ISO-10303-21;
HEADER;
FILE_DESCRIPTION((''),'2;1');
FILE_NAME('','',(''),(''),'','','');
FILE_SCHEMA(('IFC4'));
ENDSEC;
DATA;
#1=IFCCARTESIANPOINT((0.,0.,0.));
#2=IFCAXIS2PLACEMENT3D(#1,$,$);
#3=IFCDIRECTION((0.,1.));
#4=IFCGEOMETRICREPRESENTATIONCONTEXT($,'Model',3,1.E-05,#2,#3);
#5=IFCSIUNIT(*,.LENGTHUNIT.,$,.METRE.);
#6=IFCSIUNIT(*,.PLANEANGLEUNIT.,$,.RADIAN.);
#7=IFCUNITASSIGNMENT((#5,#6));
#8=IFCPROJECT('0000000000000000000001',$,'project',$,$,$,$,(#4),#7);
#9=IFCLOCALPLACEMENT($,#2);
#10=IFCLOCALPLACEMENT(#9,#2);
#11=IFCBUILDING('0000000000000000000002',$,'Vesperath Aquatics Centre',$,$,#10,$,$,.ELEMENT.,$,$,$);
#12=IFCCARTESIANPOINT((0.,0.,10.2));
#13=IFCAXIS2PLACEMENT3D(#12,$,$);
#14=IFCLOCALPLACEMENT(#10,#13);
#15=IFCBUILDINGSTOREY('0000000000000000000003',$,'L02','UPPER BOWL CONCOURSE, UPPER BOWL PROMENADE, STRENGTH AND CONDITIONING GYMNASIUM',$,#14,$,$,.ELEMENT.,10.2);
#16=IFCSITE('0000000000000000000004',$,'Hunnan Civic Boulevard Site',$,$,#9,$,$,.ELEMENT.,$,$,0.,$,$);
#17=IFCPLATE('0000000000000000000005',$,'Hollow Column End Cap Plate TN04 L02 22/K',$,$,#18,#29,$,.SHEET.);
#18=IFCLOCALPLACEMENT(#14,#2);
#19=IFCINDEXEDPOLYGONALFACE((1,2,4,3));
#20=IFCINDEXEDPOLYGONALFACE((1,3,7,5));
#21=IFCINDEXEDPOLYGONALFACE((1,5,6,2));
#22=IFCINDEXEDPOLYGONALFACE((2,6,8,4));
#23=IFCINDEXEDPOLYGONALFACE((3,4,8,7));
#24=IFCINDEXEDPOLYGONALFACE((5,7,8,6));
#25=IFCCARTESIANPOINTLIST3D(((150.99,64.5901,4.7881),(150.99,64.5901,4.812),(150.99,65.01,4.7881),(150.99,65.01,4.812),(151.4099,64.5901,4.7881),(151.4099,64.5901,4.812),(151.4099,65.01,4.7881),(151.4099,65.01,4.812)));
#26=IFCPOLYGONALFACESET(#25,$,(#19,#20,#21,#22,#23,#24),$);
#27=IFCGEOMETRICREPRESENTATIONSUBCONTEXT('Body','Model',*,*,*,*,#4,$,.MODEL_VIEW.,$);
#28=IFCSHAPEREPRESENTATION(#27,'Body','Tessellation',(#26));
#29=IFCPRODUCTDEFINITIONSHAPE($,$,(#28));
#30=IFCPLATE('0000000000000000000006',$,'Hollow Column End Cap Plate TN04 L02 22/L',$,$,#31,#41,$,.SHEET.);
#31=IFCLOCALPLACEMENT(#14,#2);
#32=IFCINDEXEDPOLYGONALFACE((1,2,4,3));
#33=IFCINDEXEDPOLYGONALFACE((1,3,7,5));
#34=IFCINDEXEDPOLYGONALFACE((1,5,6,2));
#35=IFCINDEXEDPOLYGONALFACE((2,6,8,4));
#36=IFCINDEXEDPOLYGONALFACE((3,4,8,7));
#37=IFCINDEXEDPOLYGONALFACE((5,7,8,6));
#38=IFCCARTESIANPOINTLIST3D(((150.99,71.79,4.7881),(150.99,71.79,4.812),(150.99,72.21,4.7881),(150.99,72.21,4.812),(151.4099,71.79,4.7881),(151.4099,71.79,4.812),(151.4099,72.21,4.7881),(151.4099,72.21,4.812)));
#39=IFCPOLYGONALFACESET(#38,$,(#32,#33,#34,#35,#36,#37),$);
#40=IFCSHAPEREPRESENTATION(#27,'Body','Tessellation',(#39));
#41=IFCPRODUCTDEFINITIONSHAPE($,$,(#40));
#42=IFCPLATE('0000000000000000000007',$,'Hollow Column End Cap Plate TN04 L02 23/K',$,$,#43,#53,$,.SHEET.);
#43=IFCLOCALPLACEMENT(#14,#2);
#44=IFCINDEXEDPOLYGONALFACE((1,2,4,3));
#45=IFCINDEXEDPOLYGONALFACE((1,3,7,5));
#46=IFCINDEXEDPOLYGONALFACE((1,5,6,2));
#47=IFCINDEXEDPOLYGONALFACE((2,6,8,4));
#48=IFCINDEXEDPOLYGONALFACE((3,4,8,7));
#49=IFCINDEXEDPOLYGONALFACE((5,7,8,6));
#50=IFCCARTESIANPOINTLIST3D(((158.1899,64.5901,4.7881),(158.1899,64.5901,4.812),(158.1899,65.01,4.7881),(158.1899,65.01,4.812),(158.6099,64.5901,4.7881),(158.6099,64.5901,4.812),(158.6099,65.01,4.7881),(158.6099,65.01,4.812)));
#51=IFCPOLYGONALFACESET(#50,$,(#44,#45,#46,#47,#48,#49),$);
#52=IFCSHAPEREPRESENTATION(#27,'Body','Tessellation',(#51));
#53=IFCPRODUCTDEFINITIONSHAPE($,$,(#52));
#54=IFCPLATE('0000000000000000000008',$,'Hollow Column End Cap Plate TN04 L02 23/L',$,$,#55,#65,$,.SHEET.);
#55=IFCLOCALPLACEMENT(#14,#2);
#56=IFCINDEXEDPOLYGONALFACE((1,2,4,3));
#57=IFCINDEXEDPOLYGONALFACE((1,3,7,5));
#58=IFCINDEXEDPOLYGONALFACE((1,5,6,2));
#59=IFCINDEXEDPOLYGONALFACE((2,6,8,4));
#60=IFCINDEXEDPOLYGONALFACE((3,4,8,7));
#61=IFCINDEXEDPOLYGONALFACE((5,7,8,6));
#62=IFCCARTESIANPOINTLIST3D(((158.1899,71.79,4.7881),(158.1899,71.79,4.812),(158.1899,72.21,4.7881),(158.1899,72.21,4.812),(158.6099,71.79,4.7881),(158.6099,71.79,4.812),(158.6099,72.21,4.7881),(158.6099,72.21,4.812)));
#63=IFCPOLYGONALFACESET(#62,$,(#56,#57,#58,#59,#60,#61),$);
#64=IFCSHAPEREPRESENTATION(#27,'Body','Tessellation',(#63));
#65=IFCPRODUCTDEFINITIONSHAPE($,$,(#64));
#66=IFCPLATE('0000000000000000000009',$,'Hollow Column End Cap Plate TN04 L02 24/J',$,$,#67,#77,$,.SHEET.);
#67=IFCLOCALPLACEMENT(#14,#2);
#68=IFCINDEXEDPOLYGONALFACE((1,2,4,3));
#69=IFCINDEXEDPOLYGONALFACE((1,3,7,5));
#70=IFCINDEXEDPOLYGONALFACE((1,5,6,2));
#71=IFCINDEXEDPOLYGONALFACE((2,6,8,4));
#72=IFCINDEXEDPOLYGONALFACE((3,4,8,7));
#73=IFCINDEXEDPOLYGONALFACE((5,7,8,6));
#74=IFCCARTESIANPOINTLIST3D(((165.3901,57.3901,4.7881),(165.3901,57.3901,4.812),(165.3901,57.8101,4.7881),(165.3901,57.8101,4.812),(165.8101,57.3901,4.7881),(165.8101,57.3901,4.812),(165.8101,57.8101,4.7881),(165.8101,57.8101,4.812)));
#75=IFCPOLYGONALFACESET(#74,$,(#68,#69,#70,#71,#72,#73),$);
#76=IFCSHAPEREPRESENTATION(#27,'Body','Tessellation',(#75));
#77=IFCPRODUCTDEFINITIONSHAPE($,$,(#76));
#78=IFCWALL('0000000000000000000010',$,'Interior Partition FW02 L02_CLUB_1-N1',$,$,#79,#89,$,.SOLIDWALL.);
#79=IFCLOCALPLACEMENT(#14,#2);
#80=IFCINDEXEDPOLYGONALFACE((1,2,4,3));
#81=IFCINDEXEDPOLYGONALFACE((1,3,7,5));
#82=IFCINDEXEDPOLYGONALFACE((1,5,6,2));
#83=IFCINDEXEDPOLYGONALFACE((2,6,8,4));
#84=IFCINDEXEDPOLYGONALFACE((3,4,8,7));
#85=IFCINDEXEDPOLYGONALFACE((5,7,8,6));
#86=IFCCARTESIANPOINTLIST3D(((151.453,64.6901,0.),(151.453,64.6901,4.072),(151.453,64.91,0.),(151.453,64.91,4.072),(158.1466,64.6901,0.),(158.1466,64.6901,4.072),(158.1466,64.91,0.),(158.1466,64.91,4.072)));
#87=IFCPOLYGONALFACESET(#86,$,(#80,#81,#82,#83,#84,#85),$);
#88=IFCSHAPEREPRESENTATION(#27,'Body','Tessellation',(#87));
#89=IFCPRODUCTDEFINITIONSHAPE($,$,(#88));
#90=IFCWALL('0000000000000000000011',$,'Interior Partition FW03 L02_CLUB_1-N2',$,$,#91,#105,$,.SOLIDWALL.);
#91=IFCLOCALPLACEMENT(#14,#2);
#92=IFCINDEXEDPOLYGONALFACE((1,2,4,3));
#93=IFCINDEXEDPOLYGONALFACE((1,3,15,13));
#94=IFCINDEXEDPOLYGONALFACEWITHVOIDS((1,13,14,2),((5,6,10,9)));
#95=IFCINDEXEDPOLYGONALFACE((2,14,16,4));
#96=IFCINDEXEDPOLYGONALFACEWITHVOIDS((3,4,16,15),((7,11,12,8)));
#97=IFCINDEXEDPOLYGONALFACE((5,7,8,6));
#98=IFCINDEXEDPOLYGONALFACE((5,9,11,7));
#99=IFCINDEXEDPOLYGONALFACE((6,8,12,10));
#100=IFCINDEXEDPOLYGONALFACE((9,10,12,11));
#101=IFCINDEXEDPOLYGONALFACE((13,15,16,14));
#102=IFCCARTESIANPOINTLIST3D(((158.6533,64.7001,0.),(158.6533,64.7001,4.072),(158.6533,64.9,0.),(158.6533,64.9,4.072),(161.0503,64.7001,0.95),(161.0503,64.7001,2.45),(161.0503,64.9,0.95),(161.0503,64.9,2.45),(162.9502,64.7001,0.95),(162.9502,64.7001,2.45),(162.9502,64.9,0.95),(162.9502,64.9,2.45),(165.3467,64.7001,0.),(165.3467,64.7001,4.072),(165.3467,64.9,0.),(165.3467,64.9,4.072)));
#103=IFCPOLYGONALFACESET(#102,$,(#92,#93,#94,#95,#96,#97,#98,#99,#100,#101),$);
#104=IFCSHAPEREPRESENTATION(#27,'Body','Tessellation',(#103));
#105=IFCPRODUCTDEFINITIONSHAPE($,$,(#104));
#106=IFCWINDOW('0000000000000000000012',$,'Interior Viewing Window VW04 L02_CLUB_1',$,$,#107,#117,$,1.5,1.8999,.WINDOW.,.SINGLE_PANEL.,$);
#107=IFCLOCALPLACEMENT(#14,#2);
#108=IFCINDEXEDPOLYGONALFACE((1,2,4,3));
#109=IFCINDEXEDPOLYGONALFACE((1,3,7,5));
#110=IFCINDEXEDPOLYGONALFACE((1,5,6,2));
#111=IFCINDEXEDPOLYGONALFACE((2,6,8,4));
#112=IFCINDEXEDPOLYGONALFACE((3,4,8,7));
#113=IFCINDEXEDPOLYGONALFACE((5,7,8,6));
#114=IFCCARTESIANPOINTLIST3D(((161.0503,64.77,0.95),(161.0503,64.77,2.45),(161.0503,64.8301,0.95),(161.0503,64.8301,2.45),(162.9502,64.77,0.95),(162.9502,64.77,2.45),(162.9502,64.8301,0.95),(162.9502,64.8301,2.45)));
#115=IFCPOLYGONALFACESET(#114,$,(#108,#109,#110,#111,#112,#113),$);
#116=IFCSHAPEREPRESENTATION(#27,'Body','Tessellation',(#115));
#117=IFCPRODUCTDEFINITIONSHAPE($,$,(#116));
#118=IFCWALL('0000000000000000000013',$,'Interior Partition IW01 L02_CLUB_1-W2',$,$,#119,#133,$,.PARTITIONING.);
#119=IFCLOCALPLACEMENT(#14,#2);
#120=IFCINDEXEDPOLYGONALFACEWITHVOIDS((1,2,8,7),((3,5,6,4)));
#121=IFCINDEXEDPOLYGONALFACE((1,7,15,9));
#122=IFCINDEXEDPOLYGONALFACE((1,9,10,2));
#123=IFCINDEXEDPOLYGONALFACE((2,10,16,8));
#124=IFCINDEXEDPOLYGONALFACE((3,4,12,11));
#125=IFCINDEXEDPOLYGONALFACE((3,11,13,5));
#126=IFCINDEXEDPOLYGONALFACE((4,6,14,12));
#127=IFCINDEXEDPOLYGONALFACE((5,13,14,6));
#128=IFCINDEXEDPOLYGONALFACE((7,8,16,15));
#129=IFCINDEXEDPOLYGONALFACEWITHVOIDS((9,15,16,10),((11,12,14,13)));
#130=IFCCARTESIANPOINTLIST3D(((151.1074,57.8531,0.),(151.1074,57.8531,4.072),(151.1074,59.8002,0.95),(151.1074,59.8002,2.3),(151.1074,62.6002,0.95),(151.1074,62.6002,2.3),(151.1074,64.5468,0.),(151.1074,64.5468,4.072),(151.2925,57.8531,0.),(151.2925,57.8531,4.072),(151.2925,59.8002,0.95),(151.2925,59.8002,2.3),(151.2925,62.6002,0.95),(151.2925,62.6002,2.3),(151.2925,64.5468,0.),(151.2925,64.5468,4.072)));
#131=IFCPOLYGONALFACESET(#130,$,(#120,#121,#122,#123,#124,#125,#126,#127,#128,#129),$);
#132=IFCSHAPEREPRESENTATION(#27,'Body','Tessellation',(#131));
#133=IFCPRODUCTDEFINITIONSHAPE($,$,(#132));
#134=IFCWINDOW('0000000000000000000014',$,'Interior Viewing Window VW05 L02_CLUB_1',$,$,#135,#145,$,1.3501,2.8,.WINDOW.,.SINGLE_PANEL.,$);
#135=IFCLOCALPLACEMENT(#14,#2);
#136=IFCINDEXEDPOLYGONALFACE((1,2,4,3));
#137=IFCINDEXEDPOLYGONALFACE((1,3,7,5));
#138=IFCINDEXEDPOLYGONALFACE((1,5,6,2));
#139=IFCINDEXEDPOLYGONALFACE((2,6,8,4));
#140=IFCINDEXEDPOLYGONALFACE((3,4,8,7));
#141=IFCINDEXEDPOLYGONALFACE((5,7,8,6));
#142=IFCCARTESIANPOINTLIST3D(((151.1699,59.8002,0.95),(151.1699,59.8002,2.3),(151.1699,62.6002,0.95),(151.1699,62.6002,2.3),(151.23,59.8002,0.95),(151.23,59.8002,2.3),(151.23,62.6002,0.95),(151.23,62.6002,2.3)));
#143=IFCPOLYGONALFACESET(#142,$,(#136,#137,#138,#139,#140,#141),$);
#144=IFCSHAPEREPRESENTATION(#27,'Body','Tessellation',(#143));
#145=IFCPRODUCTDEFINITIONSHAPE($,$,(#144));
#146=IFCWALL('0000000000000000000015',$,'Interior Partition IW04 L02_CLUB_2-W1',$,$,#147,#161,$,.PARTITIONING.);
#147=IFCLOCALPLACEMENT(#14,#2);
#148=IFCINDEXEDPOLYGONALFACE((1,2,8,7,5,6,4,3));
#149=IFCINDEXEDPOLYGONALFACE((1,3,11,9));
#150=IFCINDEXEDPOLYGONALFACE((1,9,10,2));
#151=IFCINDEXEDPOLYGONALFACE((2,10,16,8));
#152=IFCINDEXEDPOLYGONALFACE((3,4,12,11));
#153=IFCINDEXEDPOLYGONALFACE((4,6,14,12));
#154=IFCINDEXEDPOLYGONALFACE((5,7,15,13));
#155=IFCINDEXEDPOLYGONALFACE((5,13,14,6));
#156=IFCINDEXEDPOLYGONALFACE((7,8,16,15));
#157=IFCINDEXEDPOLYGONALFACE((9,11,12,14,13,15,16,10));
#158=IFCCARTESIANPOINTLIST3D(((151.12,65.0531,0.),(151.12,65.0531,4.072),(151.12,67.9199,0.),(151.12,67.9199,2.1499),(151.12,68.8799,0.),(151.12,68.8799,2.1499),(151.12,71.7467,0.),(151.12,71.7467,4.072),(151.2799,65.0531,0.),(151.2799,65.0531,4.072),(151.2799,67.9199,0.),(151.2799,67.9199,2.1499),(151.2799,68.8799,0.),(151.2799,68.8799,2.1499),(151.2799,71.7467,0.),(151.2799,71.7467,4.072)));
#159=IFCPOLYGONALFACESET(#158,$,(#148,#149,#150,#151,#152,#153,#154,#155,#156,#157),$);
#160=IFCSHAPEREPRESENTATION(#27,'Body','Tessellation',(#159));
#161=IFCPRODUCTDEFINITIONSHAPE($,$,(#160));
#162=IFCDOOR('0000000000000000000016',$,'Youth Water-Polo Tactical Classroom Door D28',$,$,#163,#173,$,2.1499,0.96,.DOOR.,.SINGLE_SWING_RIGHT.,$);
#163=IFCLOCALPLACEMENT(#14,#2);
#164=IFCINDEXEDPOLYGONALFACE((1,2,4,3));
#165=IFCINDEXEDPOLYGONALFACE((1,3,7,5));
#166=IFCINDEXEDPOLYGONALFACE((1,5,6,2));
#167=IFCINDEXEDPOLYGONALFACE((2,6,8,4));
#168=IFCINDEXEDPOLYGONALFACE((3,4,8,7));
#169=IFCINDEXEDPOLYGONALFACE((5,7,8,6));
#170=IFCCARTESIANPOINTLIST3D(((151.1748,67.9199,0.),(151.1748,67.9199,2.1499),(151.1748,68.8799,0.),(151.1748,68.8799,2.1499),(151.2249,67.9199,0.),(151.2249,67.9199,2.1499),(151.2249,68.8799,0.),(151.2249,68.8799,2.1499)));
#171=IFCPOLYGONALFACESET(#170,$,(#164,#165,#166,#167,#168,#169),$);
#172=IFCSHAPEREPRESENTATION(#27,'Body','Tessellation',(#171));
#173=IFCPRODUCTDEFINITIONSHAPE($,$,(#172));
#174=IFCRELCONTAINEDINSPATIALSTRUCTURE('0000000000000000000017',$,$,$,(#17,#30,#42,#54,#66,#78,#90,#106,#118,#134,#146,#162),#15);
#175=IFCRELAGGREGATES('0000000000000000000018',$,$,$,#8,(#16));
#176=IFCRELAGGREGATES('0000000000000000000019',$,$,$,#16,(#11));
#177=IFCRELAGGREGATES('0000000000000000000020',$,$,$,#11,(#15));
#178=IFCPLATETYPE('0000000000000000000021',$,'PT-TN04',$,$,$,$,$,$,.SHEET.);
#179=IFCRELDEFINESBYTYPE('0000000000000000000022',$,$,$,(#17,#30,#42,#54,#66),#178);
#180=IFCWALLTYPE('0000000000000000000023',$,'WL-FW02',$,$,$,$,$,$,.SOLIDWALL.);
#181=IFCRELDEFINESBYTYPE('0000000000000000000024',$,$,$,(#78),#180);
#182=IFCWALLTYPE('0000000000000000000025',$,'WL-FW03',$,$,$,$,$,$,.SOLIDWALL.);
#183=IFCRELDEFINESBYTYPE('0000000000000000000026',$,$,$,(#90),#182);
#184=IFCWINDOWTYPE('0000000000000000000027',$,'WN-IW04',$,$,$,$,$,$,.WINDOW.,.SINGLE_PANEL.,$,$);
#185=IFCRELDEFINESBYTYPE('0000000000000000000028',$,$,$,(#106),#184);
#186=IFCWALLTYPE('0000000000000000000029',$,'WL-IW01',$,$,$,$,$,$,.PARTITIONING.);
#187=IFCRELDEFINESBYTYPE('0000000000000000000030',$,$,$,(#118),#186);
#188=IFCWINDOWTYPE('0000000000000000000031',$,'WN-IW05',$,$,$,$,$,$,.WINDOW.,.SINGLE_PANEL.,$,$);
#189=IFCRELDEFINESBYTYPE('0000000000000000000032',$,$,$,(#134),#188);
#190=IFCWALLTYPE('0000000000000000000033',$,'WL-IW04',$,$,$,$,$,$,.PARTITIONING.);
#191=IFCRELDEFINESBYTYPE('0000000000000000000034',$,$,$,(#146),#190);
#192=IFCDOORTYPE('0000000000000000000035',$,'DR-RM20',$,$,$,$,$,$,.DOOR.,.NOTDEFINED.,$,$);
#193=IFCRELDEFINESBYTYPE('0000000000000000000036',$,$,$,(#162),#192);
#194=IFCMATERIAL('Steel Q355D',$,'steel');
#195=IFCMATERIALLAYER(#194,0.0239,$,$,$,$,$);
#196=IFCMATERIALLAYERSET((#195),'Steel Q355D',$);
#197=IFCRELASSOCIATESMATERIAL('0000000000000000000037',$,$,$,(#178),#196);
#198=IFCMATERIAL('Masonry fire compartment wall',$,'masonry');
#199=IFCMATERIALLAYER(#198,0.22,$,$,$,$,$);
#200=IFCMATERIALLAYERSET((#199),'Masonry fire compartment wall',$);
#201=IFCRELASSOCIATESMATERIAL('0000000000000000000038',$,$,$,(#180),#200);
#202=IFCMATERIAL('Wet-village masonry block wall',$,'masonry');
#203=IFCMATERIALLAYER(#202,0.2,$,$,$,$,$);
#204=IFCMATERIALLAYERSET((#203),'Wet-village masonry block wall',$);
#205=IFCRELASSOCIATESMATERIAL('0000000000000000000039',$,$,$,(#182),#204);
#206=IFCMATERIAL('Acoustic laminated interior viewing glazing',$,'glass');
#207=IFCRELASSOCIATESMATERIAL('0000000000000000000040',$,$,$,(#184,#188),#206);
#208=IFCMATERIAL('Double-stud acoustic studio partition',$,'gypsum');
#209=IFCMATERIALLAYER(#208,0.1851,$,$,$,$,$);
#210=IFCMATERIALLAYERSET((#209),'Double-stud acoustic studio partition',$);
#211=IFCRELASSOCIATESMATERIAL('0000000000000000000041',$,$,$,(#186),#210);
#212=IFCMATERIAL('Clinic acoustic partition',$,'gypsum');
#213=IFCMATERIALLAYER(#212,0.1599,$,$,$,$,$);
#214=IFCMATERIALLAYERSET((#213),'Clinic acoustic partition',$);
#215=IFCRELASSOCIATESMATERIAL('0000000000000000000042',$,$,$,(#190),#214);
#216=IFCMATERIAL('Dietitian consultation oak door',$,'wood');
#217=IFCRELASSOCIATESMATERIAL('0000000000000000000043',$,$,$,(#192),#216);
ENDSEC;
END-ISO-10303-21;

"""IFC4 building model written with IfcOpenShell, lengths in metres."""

from ifc_helpers import new_model, si_unit, direction, frame, frame_2d, origin, origin_2d, place, context, subcontext, project, spatial, rectangle, extrude, material, layer, layer_set, type_object, element, fill, save


model = new_model("IFC4")

# Units and contexts
model_context = context("Model", 3, precision=1e-05, world=origin(), true_north=direction((0.0, 1.0)))
body_context = subcontext(model_context, "Body", "Model", "MODEL_VIEW")
ifc_project = project(units=[si_unit("LENGTHUNIT", "METRE"), si_unit("PLANEANGLEUNIT", "RADIAN")], contexts=[model_context])

# Site, building, storey
site_placement = place(None, origin())
site = spatial("IfcSite", under=ifc_project, at=site_placement, Name="Hunnan Civic Boulevard Site", CompositionType="ELEMENT", RefElevation=0.0)
building_placement = place(site_placement, origin())
building = spatial("IfcBuilding", under=site, at=building_placement, Name="Vesperath Aquatics Centre", CompositionType="ELEMENT")
storey_placement = place(building_placement, frame((0.0, 0.0, 10.2)))
storey = spatial("IfcBuildingStorey", under=building, at=storey_placement, Name="L02", Description="UPPER BOWL CONCOURSE, UPPER BOWL PROMENADE, STRENGTH AND CONDITIONING GYMNASIUM", CompositionType="ELEMENT", Elevation=10.2)

# Shared definitions
ifc_material_1 = material(Name="Steel Q355D", Category="steel")

# Plates
ifc_layer_1 = layer(ifc_material_1, 0.0239)
ifc_layer_set_1 = layer_set([ifc_layer_1], Name="Steel Q355D")
plate_type = type_object("IfcPlateType", Name="PT-TN04", PredefinedType="SHEET", material=ifc_layer_set_1)
for number, where, z_axis, x_axis, name in (
    (1, (151.2, 64.8, 4.7881), (0.0, 0.0, 1.0), (1.0, 0.0, 0.0), "Hollow Column End Cap Plate TN04 L02 22/K"),
    (2, (151.2, 72.0, 4.7881), (0.0, 0.0, 1.0), (1.0, 0.0, 0.0), "Hollow Column End Cap Plate TN04 L02 22/L"),
    (3, (158.3999, 64.8, 4.7881), (0.0, 0.0, 1.0), (1.0, 0.0, 0.0), "Hollow Column End Cap Plate TN04 L02 23/K"),
    (4, (158.3999, 72.0, 4.7881), (0.0, 0.0, 1.0), (1.0, 0.0, 0.0), "Hollow Column End Cap Plate TN04 L02 23/L"),
    (5, (165.6001, 57.6001, 4.7881), (0.0, 0.0, 1.0), (1.0, 0.0, 0.0), "Hollow Column End Cap Plate TN04 L02 24/J"),
):
    element("IfcPlate", number, at=place(storey_placement, frame(where, z_axis=z_axis, x_axis=x_axis)), inside=storey, type_object=plate_type, Name=name, PredefinedType="SHEET", context=body_context, shape_type="SweptSolid", body=[
        extrude(rectangle(XDim=0.4199, YDim=0.4199, at=origin_2d()), origin(), (0.0, 0.0, 1.0), 0.0239),
    ])

# Wall
ifc_material_2 = material(Name="Masonry fire compartment wall", Category="masonry")
ifc_layer_2 = layer(ifc_material_2, 0.22)
ifc_layer_set_2 = layer_set([ifc_layer_2], Name="Masonry fire compartment wall")
wall_type_1 = type_object("IfcWallType", Name="WL-FW02", PredefinedType="SOLIDWALL", material=ifc_layer_set_2)
wall_1_placement = place(storey_placement, frame((151.4531, 64.8, 0.0), z_axis=(0.0, 0.0, 1.0), x_axis=(1.0, 0.0, 0.0)))
element("IfcWall", 6, at=wall_1_placement, inside=storey, type_object=wall_type_1, Name="Interior Partition FW02 L02_CLUB_1-N1", PredefinedType="SOLIDWALL", context=body_context, shape_type="SweptSolid", body=[
    extrude(rectangle(XDim=6.6936, YDim=0.22, at=frame_2d((3.3467, 0.0))), origin(), (0.0, 0.0, 1.0), 4.072),
])

# Walls, openings, windows
ifc_material_3 = material(Name="Wet-village masonry block wall", Category="masonry")
ifc_layer_3 = layer(ifc_material_3, 0.2)
ifc_layer_set_3 = layer_set([ifc_layer_3], Name="Wet-village masonry block wall")
wall_type_2 = type_object("IfcWallType", Name="WL-FW03", PredefinedType="SOLIDWALL", material=ifc_layer_set_3)
wall_2_placement = place(storey_placement, frame((158.6533, 64.8, 0.0), z_axis=(0.0, 0.0, 1.0), x_axis=(1.0, 0.0, 0.0)))
wall_2 = element("IfcWall", 7, at=wall_2_placement, inside=storey, type_object=wall_type_2, Name="Interior Partition FW03 L02_CLUB_1-N2", PredefinedType="SOLIDWALL", context=body_context, shape_type="SweptSolid", body=[
    extrude(rectangle(XDim=6.6934, YDim=0.2, at=frame_2d((3.3467, 0.0))), origin(), (0.0, 0.0, 1.0), 4.072),
])
opening_1_placement = place(wall_2_placement, frame((2.397, 0.0, 0.95)))
opening_1 = element("IfcOpeningElement", 8, at=opening_1_placement, cuts=wall_2, PredefinedType="OPENING", context=body_context, shape_type="SweptSolid", body=[
    extrude(rectangle(XDim=1.8999, YDim=1.5, at=frame_2d((0.95, 0.75))), frame((0.0, 0.1147, 0.0), z_axis=(0.0, -1.0, 0.0), x_axis=(1.0, 0.0, 0.0)), (0.0, 0.0, 1.0), 0.2297),
])
ifc_material_4 = material(Name="Acoustic laminated interior viewing glazing", Category="glass")
window_type_1 = type_object("IfcWindowType", Name="WN-IW04", PartitioningType="SINGLE_PANEL", PredefinedType="WINDOW", material=ifc_material_4)
window_1_placement = place(opening_1_placement, origin())
window_1 = element("IfcWindow", 9, at=window_1_placement, inside=storey, type_object=window_type_1, Name="Interior Viewing Window VW04 L02_CLUB_1", OverallHeight=1.5, OverallWidth=1.8999, PartitioningType="SINGLE_PANEL", PredefinedType="WINDOW", context=body_context, shape_type="SweptSolid", body=[
    extrude(rectangle(XDim=1.8999, YDim=1.5, at=frame_2d((0.95, 0.75))), frame((0.0, 0.03, 0.0), z_axis=(0.0, -1.0, 0.0), x_axis=(1.0, 0.0, 0.0)), (0.0, 0.0, 1.0), 0.0601),
])
fill(opening_1, window_1)
ifc_material_5 = material(Name="Double-stud acoustic studio partition", Category="gypsum")
ifc_layer_4 = layer(ifc_material_5, 0.1851)
ifc_layer_set_4 = layer_set([ifc_layer_4], Name="Double-stud acoustic studio partition")
wall_type_3 = type_object("IfcWallType", Name="WL-IW01", PredefinedType="PARTITIONING", material=ifc_layer_set_4)
wall_3_placement = place(storey_placement, frame((151.2, 57.8533, 0.0), z_axis=(0.0, 0.0, 1.0), x_axis=(0.0, 1.0, 0.0)))
wall_3 = element("IfcWall", 10, at=wall_3_placement, inside=storey, type_object=wall_type_3, Name="Interior Partition IW01 L02_CLUB_1-W2", PredefinedType="PARTITIONING", context=body_context, shape_type="SweptSolid", body=[
    extrude(rectangle(XDim=6.6936, YDim=0.1851, at=frame_2d((3.3467, 0.0))), origin(), (0.0, 0.0, 1.0), 4.072),
])
opening_2_placement = place(wall_3_placement, frame((1.947, 0.0, 0.95)))
opening_2 = element("IfcOpeningElement", 11, at=opening_2_placement, cuts=wall_3, PredefinedType="OPENING", context=body_context, shape_type="SweptSolid", body=[
    extrude(rectangle(XDim=2.8, YDim=1.3501, at=frame_2d((1.3999, 0.675))), frame((0.0, 0.1074, 0.0), z_axis=(0.0, -1.0, 0.0), x_axis=(1.0, 0.0, 0.0)), (0.0, 0.0, 1.0), 0.2148),
])
window_type_2 = type_object("IfcWindowType", Name="WN-IW05", PartitioningType="SINGLE_PANEL", PredefinedType="WINDOW", material=ifc_material_4)
window_2_placement = place(opening_2_placement, origin())
window_2 = element("IfcWindow", 12, at=window_2_placement, inside=storey, type_object=window_type_2, Name="Interior Viewing Window VW05 L02_CLUB_1", OverallHeight=1.3501, OverallWidth=2.8, PartitioningType="SINGLE_PANEL", PredefinedType="WINDOW", context=body_context, shape_type="SweptSolid", body=[
    extrude(rectangle(XDim=2.8, YDim=1.3501, at=frame_2d((1.3999, 0.675))), frame((0.0, 0.03, 0.0), z_axis=(0.0, -1.0, 0.0), x_axis=(1.0, 0.0, 0.0)), (0.0, 0.0, 1.0), 0.0601),
])
fill(opening_2, window_2)

# Wall, opening, door
ifc_material_6 = material(Name="Clinic acoustic partition", Category="gypsum")
ifc_layer_5 = layer(ifc_material_6, 0.1599)
ifc_layer_set_5 = layer_set([ifc_layer_5], Name="Clinic acoustic partition")
wall_type_4 = type_object("IfcWallType", Name="WL-IW04", PredefinedType="PARTITIONING", material=ifc_layer_set_5)
wall_4_placement = place(storey_placement, frame((151.2, 65.0532, 0.0), z_axis=(0.0, 0.0, 1.0), x_axis=(0.0, 1.0, 0.0)))
wall_4 = element("IfcWall", 13, at=wall_4_placement, inside=storey, type_object=wall_type_4, Name="Interior Partition IW04 L02_CLUB_2-W1", PredefinedType="PARTITIONING", context=body_context, shape_type="SweptSolid", body=[
    extrude(rectangle(XDim=6.6936, YDim=0.1599, at=frame_2d((3.3467, 0.0))), origin(), (0.0, 0.0, 1.0), 4.072),
])
opening_3_placement = place(wall_4_placement, frame((2.8667, 0.0, 0.0)))
opening_3 = element("IfcOpeningElement", 14, at=opening_3_placement, cuts=wall_4, PredefinedType="OPENING", context=body_context, shape_type="SweptSolid", body=[
    extrude(rectangle(XDim=0.96, YDim=2.1499, at=frame_2d((0.48, 1.075))), frame((0.0, 0.0947, 0.0), z_axis=(0.0, -1.0, 0.0), x_axis=(1.0, 0.0, 0.0)), (0.0, 0.0, 1.0), 0.1897),
])
ifc_material_7 = material(Name="Dietitian consultation oak door", Category="wood")
door_type = type_object("IfcDoorType", Name="DR-RM20", OperationType="NOTDEFINED", PredefinedType="DOOR", material=ifc_material_7)
door_placement = place(opening_3_placement, frame((0.96, 0.0, 0.0), z_axis=(0.0, 0.0, 1.0), x_axis=(-1.0, 0.0, 0.0)))
door = element("IfcDoor", 15, at=door_placement, inside=storey, type_object=door_type, Name="Youth Water-Polo Tactical Classroom Door D28", OperationType="SINGLE_SWING_RIGHT", OverallHeight=2.1499, OverallWidth=0.96, PredefinedType="DOOR", context=body_context, shape_type="SweptSolid", body=[
    extrude(rectangle(XDim=0.96, YDim=2.1499, at=frame_2d((0.48, 1.075))), frame((0.0, 0.0249, 0.0), z_axis=(0.0, -1.0, 0.0), x_axis=(1.0, 0.0, 0.0)), (0.0, 0.0, 1.0), 0.05),
])
fill(opening_3, door)

save(model, "model.ifc")
